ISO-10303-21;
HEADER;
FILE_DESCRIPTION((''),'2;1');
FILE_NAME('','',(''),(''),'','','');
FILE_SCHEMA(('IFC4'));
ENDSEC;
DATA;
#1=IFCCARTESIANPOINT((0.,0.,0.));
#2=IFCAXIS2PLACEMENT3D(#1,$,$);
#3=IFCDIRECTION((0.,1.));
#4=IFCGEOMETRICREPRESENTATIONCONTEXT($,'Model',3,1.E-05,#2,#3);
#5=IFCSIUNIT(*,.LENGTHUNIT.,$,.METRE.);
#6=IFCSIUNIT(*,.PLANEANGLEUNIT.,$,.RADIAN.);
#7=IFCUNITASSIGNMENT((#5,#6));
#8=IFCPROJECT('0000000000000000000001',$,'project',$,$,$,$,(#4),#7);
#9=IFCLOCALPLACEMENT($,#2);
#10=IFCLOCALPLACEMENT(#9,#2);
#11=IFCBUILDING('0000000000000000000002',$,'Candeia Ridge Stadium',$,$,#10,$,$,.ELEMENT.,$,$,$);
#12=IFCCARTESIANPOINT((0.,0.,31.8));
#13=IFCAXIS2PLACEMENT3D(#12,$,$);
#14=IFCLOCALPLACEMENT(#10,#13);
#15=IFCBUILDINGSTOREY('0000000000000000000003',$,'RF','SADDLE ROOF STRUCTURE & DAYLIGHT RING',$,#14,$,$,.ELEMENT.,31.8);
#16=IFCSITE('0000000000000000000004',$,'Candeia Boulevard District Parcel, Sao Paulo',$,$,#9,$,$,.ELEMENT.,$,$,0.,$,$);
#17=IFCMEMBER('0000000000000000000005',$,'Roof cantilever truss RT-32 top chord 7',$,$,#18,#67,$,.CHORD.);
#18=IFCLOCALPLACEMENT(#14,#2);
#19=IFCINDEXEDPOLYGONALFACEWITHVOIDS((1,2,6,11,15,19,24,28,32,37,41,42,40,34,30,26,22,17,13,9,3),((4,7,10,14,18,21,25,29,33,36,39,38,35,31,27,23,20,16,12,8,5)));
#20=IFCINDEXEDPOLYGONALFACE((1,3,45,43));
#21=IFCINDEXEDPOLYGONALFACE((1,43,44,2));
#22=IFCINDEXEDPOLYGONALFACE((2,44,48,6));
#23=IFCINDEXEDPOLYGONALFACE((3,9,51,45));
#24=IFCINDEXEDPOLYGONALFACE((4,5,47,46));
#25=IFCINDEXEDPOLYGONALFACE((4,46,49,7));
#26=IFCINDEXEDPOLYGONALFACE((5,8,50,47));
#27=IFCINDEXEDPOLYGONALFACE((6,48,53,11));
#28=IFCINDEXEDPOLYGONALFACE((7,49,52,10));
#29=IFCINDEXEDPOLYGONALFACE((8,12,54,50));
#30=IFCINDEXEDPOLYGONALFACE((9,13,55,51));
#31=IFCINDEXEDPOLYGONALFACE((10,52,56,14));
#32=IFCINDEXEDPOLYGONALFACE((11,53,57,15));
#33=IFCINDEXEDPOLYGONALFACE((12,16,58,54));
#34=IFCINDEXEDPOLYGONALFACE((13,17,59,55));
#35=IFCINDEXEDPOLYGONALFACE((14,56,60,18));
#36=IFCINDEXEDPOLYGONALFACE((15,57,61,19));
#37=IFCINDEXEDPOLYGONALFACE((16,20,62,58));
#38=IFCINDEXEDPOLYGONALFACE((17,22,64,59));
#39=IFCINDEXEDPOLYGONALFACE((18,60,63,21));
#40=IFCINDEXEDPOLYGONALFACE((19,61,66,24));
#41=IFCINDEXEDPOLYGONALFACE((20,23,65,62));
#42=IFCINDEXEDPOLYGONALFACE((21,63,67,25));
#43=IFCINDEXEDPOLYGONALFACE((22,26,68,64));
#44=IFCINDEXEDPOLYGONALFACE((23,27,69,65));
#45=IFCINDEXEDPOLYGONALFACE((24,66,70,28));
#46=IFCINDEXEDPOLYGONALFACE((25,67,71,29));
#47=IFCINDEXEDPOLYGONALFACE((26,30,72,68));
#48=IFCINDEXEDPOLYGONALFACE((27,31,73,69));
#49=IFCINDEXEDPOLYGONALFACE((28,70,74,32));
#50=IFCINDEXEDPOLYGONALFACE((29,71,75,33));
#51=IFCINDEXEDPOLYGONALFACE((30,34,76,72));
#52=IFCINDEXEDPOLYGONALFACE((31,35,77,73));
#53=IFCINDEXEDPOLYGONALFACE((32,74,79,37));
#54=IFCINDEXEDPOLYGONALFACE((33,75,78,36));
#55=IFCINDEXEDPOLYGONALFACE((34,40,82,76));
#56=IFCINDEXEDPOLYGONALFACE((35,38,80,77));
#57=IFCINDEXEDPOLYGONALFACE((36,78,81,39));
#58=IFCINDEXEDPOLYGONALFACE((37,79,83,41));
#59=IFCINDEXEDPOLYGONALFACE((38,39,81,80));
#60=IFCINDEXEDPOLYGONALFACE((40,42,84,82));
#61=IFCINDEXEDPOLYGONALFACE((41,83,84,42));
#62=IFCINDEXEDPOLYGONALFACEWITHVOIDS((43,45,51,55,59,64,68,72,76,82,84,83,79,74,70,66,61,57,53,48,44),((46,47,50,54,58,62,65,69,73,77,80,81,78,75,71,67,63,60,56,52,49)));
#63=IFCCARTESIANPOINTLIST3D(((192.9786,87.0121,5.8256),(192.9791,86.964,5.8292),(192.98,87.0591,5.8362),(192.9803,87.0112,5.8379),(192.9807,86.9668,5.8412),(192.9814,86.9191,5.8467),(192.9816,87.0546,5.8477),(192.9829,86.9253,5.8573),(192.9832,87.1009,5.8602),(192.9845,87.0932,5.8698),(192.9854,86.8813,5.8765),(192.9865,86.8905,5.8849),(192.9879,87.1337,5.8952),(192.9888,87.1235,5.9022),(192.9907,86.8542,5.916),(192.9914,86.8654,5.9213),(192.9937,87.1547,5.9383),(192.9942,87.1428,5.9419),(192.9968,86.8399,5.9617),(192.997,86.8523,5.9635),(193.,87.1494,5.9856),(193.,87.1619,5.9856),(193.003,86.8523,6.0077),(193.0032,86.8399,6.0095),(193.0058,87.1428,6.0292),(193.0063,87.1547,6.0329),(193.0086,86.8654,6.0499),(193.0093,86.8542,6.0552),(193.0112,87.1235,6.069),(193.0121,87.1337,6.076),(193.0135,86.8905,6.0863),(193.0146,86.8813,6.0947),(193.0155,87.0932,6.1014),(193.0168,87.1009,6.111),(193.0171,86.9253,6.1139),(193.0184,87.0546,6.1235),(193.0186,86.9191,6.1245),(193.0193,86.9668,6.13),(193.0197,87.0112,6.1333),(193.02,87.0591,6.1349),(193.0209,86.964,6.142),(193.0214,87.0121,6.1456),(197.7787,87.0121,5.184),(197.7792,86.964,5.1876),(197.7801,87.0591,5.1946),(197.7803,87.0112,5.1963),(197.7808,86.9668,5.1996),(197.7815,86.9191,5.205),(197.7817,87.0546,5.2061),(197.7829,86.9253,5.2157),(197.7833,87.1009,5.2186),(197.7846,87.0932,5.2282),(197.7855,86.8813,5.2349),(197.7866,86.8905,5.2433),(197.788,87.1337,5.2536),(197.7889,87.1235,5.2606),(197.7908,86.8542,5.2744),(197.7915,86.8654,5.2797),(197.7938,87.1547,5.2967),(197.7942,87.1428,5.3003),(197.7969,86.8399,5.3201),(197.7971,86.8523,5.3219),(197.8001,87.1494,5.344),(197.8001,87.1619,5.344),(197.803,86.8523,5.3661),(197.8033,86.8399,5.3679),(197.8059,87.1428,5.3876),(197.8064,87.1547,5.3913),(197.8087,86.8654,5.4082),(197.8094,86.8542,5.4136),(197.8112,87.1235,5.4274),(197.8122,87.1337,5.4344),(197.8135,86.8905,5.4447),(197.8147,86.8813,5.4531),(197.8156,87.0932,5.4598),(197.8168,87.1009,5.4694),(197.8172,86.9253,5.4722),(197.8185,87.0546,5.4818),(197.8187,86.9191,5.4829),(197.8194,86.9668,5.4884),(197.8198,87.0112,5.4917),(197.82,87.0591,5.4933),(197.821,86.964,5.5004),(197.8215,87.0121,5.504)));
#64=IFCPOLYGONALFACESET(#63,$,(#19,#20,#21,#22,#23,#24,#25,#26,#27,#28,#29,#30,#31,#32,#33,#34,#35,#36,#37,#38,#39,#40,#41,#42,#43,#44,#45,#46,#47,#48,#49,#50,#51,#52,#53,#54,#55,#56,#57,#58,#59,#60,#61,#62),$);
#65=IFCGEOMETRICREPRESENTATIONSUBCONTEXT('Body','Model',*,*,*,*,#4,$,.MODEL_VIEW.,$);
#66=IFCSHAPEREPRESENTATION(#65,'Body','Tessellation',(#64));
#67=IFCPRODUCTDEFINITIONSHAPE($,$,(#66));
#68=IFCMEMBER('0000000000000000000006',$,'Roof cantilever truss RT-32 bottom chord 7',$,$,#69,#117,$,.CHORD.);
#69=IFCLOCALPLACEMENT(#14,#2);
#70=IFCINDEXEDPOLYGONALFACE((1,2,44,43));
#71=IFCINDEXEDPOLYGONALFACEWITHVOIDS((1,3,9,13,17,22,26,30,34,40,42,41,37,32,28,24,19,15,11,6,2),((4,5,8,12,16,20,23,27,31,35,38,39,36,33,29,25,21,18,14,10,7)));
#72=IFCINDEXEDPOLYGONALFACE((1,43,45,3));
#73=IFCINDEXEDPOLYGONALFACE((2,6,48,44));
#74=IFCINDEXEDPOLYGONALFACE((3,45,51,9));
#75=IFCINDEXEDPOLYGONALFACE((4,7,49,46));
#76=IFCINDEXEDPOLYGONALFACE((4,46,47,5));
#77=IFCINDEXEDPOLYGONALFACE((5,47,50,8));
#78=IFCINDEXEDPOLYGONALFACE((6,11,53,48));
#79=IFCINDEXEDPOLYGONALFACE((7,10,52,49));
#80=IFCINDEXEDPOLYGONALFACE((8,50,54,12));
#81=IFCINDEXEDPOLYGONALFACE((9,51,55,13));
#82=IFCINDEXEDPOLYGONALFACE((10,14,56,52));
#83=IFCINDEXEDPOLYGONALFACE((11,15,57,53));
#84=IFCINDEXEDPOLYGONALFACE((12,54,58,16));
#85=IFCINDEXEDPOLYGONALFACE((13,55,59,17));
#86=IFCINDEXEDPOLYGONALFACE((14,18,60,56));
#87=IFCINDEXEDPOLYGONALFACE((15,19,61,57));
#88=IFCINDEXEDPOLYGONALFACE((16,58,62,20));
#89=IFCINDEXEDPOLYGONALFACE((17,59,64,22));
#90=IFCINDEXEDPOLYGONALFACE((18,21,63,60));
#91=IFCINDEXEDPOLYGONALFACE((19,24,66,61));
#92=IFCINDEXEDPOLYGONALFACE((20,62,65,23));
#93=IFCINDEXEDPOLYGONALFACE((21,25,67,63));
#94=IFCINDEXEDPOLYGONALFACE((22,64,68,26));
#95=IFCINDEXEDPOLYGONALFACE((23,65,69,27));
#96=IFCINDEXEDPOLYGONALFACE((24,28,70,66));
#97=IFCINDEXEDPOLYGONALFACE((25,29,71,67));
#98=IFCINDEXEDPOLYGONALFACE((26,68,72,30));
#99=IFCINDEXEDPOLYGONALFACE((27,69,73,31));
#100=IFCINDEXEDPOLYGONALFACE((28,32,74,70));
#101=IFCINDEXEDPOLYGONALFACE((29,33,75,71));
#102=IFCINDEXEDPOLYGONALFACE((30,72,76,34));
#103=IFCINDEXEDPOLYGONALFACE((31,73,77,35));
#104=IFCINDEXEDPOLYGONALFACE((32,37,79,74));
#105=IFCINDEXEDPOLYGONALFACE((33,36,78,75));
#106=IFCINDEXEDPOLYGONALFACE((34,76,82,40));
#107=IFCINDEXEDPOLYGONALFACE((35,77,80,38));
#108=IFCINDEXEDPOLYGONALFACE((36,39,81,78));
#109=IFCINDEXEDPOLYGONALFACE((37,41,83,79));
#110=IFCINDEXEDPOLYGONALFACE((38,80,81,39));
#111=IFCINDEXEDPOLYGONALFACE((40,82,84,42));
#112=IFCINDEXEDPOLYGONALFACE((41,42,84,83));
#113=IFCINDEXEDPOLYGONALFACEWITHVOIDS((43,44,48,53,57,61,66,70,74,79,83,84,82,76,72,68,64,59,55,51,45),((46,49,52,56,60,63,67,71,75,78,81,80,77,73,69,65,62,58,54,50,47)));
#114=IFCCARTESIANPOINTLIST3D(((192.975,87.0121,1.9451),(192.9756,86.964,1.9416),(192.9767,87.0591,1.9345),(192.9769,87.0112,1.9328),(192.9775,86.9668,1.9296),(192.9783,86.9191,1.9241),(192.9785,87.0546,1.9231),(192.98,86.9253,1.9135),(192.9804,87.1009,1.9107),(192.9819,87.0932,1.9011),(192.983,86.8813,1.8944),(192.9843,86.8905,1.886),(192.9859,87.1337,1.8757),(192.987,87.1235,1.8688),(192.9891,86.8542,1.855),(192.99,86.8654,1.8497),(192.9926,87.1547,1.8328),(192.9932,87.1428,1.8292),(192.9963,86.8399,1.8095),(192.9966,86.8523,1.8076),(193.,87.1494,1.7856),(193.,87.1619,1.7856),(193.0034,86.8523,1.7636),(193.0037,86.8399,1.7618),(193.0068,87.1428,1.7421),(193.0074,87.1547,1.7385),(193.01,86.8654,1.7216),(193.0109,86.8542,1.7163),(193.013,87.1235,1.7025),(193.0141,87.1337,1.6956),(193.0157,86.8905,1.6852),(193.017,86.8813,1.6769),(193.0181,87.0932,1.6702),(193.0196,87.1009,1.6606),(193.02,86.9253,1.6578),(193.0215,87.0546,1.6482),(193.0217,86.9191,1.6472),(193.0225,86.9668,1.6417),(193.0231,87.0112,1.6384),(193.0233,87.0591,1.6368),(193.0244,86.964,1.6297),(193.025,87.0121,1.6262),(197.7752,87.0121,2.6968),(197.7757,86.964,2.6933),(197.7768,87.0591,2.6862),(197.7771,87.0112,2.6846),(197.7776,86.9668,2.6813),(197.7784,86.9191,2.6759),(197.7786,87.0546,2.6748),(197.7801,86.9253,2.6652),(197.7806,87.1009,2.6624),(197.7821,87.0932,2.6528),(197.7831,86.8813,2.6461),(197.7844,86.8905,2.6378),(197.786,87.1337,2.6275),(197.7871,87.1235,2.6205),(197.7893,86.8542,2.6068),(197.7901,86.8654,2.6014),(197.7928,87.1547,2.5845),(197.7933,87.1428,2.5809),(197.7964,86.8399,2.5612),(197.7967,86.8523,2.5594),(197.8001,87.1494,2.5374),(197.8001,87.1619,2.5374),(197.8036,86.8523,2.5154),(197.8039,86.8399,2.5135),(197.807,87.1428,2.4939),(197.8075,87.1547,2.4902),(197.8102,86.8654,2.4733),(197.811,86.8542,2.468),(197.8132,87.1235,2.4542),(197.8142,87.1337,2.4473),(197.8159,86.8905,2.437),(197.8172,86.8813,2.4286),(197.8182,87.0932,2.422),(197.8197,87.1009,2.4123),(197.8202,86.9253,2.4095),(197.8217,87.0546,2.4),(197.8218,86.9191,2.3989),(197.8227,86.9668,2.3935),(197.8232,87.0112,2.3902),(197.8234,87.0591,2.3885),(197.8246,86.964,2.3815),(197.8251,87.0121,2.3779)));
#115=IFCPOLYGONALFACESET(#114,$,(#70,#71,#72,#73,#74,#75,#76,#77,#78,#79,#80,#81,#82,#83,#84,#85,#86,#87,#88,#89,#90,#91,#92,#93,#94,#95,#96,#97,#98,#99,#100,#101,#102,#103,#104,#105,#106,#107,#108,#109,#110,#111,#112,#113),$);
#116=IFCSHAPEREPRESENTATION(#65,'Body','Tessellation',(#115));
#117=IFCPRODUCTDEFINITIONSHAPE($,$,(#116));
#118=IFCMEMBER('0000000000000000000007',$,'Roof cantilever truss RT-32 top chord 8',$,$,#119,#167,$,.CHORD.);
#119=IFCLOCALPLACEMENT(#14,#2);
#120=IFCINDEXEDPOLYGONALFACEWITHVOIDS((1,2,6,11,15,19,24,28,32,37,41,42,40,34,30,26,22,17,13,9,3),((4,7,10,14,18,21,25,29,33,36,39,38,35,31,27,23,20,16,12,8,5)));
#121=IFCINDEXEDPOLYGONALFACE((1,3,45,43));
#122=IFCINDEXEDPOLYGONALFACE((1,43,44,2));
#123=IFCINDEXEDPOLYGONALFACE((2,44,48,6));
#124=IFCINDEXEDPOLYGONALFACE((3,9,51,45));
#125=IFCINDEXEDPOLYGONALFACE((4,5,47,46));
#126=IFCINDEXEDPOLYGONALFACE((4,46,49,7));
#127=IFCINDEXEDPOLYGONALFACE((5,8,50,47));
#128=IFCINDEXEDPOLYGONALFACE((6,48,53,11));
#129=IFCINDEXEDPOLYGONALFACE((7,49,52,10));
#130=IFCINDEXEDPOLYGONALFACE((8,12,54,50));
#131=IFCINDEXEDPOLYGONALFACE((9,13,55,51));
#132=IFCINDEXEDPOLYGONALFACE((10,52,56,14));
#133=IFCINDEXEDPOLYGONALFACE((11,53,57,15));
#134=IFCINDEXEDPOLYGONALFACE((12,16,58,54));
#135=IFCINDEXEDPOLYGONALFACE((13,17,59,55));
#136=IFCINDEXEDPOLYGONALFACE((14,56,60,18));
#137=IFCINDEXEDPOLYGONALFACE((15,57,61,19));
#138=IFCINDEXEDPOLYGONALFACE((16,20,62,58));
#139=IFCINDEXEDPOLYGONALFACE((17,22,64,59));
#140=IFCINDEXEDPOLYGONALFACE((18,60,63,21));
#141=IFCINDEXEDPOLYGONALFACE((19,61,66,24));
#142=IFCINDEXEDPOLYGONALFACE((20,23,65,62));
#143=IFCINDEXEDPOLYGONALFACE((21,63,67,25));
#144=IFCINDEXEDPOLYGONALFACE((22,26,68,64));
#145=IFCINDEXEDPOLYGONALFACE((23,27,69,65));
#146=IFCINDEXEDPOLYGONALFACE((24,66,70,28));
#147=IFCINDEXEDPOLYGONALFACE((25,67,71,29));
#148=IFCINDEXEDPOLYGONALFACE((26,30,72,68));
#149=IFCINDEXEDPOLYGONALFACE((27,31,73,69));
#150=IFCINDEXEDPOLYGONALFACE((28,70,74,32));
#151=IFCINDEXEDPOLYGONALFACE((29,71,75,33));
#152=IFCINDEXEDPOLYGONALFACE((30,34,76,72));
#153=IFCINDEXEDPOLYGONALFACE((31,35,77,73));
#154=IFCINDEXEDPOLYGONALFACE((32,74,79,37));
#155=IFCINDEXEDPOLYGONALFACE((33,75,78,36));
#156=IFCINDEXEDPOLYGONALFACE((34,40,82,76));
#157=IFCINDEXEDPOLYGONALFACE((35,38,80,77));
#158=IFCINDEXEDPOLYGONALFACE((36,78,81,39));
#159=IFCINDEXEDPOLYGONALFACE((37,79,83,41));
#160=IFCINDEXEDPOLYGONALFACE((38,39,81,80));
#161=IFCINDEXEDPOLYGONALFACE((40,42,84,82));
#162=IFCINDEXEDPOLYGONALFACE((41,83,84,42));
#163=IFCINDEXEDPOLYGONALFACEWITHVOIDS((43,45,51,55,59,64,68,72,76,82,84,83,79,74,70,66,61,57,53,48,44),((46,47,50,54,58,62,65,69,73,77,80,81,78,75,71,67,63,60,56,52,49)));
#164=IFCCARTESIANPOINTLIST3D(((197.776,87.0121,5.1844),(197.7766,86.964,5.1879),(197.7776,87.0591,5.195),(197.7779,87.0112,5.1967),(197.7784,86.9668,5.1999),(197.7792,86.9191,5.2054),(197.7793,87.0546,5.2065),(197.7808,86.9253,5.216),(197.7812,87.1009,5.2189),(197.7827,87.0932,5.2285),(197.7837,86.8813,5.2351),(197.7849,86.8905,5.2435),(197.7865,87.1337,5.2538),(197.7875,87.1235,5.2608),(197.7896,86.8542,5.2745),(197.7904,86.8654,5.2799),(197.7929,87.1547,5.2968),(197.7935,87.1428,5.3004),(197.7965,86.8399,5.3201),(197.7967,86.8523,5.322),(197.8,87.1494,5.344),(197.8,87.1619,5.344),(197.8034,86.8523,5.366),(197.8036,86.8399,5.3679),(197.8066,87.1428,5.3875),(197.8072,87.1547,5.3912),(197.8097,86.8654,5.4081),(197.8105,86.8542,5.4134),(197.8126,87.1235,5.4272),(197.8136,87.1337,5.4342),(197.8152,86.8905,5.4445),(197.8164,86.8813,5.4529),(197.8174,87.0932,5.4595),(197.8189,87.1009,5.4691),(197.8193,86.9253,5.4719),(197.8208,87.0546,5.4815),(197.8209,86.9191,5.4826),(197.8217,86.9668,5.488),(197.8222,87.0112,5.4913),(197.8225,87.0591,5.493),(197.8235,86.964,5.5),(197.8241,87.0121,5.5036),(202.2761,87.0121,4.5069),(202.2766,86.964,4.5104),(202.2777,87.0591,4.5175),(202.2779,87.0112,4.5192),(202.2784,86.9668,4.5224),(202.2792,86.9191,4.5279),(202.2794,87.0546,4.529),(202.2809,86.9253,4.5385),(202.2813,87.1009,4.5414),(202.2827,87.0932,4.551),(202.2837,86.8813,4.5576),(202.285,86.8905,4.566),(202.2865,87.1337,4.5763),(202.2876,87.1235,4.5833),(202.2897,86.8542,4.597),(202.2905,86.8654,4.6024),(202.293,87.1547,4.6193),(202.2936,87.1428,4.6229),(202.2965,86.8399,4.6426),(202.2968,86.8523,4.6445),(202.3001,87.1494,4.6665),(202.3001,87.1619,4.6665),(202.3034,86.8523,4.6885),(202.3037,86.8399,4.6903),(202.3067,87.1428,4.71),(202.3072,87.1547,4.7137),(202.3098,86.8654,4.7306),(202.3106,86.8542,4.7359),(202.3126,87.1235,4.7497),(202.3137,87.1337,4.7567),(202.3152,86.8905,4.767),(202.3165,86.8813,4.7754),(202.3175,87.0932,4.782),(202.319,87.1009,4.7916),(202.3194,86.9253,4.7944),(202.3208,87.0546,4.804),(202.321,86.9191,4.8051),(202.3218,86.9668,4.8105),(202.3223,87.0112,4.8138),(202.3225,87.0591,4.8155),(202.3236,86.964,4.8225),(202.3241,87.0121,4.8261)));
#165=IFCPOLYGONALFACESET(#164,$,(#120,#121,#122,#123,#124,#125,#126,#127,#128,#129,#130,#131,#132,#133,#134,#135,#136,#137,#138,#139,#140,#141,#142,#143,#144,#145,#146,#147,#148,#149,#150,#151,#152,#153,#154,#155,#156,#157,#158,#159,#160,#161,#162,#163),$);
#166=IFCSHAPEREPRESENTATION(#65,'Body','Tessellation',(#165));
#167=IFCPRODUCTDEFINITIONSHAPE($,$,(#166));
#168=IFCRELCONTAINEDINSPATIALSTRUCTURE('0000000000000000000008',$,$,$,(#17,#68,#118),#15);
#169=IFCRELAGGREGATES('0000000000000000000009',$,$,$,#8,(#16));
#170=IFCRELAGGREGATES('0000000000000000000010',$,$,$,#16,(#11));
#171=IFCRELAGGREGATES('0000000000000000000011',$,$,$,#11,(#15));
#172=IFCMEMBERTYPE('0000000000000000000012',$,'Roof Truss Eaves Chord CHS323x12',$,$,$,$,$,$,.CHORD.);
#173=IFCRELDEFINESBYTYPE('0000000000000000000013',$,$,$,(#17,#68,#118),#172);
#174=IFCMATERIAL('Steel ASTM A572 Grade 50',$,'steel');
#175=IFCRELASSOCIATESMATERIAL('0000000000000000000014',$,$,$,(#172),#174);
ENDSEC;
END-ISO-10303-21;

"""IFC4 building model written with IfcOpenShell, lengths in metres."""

from ifc_helpers import new_model, si_unit, direction, frame, origin, origin_2d, place, context, subcontext, project, spatial, hollow_circle, extrude, material, material_profile, profile_set, type_object, element, save


model = new_model("IFC4")

# Units and contexts
model_context = context("Model", 3, precision=1e-05, world=origin(), true_north=direction((0.0, 1.0)))
body_context = subcontext(model_context, "Body", "Model", "MODEL_VIEW")
ifc_project = project(units=[si_unit("LENGTHUNIT", "METRE"), si_unit("PLANEANGLEUNIT", "RADIAN")], contexts=[model_context])

# Site, building, storey
site_placement = place(None, origin())
site = spatial("IfcSite", under=ifc_project, at=site_placement, Name="Candeia Boulevard District Parcel, Sao Paulo", CompositionType="ELEMENT", RefElevation=0.0)
building_placement = place(site_placement, origin())
building = spatial("IfcBuilding", under=site, at=building_placement, Name="Candeia Ridge Stadium", CompositionType="ELEMENT")
storey_placement = place(building_placement, frame((0.0, 0.0, 31.8)))
storey = spatial("IfcBuildingStorey", under=building, at=storey_placement, Name="RF", Description="SADDLE ROOF STRUCTURE & DAYLIGHT RING", CompositionType="ELEMENT", Elevation=31.8)

# Shared definitions
ifc_material_1 = material(Name="Steel ASTM A572 Grade 50", Category="steel")

# Members
ifc_material_profile_1 = material_profile(ifc_material_1, hollow_circle(Radius=0.1619, WallThickness=0.0125, at=origin_2d()), Name="CHS323x12", Category="steel")
ifc_profile_set_1 = profile_set([ifc_material_profile_1], Name="Steel ASTM A572 Grade 50")
member_type_1 = type_object("IfcMemberType", Name="Roof Truss Eaves Chord CHS323x12", PredefinedType="CHORD", material=ifc_profile_set_1)
member_1_placement = place(storey_placement, frame((193.0, 87.0, 5.9856), z_axis=(0.991185, 0.0, -0.132487), x_axis=(0.0, 1.0, 0.0)))
element("IfcMember", 1, at=member_1_placement, inside=storey, type_object=member_type_1, Name="Roof cantilever truss RT-32 top chord 7", PredefinedType="CHORD", context=body_context, shape_type="SweptSolid", body=[
    extrude(hollow_circle(Radius=0.1619, WallThickness=0.0125, at=origin_2d()), origin(), (0.0, 0.0, 1.0), 4.8428),
])
member_2_placement = place(storey_placement, frame((193.0, 87.0, 1.7856), z_axis=(0.987959, 0.0, 0.154719), x_axis=(0.0, 1.0, 0.0)))
element("IfcMember", 2, at=member_2_placement, inside=storey, type_object=member_type_1, Name="Roof cantilever truss RT-32 bottom chord 7", PredefinedType="CHORD", context=body_context, shape_type="SweptSolid", body=[
    extrude(hollow_circle(Radius=0.1619, WallThickness=0.0125, at=origin_2d()), origin(), (0.0, 0.0, 1.0), 4.8586),
])
member_3_placement = place(storey_placement, frame((197.8, 87.0, 5.344), z_axis=(0.988856, 0.0, -0.148876), x_axis=(0.0, 1.0, 0.0)))
element("IfcMember", 3, at=member_3_placement, inside=storey, type_object=member_type_1, Name="Roof cantilever truss RT-32 top chord 8", PredefinedType="CHORD", context=body_context, shape_type="SweptSolid", body=[
    extrude(hollow_circle(Radius=0.1619, WallThickness=0.0125, at=origin_2d()), origin(), (0.0, 0.0, 1.0), 4.5508),
])

save(model, "model.ifc")
